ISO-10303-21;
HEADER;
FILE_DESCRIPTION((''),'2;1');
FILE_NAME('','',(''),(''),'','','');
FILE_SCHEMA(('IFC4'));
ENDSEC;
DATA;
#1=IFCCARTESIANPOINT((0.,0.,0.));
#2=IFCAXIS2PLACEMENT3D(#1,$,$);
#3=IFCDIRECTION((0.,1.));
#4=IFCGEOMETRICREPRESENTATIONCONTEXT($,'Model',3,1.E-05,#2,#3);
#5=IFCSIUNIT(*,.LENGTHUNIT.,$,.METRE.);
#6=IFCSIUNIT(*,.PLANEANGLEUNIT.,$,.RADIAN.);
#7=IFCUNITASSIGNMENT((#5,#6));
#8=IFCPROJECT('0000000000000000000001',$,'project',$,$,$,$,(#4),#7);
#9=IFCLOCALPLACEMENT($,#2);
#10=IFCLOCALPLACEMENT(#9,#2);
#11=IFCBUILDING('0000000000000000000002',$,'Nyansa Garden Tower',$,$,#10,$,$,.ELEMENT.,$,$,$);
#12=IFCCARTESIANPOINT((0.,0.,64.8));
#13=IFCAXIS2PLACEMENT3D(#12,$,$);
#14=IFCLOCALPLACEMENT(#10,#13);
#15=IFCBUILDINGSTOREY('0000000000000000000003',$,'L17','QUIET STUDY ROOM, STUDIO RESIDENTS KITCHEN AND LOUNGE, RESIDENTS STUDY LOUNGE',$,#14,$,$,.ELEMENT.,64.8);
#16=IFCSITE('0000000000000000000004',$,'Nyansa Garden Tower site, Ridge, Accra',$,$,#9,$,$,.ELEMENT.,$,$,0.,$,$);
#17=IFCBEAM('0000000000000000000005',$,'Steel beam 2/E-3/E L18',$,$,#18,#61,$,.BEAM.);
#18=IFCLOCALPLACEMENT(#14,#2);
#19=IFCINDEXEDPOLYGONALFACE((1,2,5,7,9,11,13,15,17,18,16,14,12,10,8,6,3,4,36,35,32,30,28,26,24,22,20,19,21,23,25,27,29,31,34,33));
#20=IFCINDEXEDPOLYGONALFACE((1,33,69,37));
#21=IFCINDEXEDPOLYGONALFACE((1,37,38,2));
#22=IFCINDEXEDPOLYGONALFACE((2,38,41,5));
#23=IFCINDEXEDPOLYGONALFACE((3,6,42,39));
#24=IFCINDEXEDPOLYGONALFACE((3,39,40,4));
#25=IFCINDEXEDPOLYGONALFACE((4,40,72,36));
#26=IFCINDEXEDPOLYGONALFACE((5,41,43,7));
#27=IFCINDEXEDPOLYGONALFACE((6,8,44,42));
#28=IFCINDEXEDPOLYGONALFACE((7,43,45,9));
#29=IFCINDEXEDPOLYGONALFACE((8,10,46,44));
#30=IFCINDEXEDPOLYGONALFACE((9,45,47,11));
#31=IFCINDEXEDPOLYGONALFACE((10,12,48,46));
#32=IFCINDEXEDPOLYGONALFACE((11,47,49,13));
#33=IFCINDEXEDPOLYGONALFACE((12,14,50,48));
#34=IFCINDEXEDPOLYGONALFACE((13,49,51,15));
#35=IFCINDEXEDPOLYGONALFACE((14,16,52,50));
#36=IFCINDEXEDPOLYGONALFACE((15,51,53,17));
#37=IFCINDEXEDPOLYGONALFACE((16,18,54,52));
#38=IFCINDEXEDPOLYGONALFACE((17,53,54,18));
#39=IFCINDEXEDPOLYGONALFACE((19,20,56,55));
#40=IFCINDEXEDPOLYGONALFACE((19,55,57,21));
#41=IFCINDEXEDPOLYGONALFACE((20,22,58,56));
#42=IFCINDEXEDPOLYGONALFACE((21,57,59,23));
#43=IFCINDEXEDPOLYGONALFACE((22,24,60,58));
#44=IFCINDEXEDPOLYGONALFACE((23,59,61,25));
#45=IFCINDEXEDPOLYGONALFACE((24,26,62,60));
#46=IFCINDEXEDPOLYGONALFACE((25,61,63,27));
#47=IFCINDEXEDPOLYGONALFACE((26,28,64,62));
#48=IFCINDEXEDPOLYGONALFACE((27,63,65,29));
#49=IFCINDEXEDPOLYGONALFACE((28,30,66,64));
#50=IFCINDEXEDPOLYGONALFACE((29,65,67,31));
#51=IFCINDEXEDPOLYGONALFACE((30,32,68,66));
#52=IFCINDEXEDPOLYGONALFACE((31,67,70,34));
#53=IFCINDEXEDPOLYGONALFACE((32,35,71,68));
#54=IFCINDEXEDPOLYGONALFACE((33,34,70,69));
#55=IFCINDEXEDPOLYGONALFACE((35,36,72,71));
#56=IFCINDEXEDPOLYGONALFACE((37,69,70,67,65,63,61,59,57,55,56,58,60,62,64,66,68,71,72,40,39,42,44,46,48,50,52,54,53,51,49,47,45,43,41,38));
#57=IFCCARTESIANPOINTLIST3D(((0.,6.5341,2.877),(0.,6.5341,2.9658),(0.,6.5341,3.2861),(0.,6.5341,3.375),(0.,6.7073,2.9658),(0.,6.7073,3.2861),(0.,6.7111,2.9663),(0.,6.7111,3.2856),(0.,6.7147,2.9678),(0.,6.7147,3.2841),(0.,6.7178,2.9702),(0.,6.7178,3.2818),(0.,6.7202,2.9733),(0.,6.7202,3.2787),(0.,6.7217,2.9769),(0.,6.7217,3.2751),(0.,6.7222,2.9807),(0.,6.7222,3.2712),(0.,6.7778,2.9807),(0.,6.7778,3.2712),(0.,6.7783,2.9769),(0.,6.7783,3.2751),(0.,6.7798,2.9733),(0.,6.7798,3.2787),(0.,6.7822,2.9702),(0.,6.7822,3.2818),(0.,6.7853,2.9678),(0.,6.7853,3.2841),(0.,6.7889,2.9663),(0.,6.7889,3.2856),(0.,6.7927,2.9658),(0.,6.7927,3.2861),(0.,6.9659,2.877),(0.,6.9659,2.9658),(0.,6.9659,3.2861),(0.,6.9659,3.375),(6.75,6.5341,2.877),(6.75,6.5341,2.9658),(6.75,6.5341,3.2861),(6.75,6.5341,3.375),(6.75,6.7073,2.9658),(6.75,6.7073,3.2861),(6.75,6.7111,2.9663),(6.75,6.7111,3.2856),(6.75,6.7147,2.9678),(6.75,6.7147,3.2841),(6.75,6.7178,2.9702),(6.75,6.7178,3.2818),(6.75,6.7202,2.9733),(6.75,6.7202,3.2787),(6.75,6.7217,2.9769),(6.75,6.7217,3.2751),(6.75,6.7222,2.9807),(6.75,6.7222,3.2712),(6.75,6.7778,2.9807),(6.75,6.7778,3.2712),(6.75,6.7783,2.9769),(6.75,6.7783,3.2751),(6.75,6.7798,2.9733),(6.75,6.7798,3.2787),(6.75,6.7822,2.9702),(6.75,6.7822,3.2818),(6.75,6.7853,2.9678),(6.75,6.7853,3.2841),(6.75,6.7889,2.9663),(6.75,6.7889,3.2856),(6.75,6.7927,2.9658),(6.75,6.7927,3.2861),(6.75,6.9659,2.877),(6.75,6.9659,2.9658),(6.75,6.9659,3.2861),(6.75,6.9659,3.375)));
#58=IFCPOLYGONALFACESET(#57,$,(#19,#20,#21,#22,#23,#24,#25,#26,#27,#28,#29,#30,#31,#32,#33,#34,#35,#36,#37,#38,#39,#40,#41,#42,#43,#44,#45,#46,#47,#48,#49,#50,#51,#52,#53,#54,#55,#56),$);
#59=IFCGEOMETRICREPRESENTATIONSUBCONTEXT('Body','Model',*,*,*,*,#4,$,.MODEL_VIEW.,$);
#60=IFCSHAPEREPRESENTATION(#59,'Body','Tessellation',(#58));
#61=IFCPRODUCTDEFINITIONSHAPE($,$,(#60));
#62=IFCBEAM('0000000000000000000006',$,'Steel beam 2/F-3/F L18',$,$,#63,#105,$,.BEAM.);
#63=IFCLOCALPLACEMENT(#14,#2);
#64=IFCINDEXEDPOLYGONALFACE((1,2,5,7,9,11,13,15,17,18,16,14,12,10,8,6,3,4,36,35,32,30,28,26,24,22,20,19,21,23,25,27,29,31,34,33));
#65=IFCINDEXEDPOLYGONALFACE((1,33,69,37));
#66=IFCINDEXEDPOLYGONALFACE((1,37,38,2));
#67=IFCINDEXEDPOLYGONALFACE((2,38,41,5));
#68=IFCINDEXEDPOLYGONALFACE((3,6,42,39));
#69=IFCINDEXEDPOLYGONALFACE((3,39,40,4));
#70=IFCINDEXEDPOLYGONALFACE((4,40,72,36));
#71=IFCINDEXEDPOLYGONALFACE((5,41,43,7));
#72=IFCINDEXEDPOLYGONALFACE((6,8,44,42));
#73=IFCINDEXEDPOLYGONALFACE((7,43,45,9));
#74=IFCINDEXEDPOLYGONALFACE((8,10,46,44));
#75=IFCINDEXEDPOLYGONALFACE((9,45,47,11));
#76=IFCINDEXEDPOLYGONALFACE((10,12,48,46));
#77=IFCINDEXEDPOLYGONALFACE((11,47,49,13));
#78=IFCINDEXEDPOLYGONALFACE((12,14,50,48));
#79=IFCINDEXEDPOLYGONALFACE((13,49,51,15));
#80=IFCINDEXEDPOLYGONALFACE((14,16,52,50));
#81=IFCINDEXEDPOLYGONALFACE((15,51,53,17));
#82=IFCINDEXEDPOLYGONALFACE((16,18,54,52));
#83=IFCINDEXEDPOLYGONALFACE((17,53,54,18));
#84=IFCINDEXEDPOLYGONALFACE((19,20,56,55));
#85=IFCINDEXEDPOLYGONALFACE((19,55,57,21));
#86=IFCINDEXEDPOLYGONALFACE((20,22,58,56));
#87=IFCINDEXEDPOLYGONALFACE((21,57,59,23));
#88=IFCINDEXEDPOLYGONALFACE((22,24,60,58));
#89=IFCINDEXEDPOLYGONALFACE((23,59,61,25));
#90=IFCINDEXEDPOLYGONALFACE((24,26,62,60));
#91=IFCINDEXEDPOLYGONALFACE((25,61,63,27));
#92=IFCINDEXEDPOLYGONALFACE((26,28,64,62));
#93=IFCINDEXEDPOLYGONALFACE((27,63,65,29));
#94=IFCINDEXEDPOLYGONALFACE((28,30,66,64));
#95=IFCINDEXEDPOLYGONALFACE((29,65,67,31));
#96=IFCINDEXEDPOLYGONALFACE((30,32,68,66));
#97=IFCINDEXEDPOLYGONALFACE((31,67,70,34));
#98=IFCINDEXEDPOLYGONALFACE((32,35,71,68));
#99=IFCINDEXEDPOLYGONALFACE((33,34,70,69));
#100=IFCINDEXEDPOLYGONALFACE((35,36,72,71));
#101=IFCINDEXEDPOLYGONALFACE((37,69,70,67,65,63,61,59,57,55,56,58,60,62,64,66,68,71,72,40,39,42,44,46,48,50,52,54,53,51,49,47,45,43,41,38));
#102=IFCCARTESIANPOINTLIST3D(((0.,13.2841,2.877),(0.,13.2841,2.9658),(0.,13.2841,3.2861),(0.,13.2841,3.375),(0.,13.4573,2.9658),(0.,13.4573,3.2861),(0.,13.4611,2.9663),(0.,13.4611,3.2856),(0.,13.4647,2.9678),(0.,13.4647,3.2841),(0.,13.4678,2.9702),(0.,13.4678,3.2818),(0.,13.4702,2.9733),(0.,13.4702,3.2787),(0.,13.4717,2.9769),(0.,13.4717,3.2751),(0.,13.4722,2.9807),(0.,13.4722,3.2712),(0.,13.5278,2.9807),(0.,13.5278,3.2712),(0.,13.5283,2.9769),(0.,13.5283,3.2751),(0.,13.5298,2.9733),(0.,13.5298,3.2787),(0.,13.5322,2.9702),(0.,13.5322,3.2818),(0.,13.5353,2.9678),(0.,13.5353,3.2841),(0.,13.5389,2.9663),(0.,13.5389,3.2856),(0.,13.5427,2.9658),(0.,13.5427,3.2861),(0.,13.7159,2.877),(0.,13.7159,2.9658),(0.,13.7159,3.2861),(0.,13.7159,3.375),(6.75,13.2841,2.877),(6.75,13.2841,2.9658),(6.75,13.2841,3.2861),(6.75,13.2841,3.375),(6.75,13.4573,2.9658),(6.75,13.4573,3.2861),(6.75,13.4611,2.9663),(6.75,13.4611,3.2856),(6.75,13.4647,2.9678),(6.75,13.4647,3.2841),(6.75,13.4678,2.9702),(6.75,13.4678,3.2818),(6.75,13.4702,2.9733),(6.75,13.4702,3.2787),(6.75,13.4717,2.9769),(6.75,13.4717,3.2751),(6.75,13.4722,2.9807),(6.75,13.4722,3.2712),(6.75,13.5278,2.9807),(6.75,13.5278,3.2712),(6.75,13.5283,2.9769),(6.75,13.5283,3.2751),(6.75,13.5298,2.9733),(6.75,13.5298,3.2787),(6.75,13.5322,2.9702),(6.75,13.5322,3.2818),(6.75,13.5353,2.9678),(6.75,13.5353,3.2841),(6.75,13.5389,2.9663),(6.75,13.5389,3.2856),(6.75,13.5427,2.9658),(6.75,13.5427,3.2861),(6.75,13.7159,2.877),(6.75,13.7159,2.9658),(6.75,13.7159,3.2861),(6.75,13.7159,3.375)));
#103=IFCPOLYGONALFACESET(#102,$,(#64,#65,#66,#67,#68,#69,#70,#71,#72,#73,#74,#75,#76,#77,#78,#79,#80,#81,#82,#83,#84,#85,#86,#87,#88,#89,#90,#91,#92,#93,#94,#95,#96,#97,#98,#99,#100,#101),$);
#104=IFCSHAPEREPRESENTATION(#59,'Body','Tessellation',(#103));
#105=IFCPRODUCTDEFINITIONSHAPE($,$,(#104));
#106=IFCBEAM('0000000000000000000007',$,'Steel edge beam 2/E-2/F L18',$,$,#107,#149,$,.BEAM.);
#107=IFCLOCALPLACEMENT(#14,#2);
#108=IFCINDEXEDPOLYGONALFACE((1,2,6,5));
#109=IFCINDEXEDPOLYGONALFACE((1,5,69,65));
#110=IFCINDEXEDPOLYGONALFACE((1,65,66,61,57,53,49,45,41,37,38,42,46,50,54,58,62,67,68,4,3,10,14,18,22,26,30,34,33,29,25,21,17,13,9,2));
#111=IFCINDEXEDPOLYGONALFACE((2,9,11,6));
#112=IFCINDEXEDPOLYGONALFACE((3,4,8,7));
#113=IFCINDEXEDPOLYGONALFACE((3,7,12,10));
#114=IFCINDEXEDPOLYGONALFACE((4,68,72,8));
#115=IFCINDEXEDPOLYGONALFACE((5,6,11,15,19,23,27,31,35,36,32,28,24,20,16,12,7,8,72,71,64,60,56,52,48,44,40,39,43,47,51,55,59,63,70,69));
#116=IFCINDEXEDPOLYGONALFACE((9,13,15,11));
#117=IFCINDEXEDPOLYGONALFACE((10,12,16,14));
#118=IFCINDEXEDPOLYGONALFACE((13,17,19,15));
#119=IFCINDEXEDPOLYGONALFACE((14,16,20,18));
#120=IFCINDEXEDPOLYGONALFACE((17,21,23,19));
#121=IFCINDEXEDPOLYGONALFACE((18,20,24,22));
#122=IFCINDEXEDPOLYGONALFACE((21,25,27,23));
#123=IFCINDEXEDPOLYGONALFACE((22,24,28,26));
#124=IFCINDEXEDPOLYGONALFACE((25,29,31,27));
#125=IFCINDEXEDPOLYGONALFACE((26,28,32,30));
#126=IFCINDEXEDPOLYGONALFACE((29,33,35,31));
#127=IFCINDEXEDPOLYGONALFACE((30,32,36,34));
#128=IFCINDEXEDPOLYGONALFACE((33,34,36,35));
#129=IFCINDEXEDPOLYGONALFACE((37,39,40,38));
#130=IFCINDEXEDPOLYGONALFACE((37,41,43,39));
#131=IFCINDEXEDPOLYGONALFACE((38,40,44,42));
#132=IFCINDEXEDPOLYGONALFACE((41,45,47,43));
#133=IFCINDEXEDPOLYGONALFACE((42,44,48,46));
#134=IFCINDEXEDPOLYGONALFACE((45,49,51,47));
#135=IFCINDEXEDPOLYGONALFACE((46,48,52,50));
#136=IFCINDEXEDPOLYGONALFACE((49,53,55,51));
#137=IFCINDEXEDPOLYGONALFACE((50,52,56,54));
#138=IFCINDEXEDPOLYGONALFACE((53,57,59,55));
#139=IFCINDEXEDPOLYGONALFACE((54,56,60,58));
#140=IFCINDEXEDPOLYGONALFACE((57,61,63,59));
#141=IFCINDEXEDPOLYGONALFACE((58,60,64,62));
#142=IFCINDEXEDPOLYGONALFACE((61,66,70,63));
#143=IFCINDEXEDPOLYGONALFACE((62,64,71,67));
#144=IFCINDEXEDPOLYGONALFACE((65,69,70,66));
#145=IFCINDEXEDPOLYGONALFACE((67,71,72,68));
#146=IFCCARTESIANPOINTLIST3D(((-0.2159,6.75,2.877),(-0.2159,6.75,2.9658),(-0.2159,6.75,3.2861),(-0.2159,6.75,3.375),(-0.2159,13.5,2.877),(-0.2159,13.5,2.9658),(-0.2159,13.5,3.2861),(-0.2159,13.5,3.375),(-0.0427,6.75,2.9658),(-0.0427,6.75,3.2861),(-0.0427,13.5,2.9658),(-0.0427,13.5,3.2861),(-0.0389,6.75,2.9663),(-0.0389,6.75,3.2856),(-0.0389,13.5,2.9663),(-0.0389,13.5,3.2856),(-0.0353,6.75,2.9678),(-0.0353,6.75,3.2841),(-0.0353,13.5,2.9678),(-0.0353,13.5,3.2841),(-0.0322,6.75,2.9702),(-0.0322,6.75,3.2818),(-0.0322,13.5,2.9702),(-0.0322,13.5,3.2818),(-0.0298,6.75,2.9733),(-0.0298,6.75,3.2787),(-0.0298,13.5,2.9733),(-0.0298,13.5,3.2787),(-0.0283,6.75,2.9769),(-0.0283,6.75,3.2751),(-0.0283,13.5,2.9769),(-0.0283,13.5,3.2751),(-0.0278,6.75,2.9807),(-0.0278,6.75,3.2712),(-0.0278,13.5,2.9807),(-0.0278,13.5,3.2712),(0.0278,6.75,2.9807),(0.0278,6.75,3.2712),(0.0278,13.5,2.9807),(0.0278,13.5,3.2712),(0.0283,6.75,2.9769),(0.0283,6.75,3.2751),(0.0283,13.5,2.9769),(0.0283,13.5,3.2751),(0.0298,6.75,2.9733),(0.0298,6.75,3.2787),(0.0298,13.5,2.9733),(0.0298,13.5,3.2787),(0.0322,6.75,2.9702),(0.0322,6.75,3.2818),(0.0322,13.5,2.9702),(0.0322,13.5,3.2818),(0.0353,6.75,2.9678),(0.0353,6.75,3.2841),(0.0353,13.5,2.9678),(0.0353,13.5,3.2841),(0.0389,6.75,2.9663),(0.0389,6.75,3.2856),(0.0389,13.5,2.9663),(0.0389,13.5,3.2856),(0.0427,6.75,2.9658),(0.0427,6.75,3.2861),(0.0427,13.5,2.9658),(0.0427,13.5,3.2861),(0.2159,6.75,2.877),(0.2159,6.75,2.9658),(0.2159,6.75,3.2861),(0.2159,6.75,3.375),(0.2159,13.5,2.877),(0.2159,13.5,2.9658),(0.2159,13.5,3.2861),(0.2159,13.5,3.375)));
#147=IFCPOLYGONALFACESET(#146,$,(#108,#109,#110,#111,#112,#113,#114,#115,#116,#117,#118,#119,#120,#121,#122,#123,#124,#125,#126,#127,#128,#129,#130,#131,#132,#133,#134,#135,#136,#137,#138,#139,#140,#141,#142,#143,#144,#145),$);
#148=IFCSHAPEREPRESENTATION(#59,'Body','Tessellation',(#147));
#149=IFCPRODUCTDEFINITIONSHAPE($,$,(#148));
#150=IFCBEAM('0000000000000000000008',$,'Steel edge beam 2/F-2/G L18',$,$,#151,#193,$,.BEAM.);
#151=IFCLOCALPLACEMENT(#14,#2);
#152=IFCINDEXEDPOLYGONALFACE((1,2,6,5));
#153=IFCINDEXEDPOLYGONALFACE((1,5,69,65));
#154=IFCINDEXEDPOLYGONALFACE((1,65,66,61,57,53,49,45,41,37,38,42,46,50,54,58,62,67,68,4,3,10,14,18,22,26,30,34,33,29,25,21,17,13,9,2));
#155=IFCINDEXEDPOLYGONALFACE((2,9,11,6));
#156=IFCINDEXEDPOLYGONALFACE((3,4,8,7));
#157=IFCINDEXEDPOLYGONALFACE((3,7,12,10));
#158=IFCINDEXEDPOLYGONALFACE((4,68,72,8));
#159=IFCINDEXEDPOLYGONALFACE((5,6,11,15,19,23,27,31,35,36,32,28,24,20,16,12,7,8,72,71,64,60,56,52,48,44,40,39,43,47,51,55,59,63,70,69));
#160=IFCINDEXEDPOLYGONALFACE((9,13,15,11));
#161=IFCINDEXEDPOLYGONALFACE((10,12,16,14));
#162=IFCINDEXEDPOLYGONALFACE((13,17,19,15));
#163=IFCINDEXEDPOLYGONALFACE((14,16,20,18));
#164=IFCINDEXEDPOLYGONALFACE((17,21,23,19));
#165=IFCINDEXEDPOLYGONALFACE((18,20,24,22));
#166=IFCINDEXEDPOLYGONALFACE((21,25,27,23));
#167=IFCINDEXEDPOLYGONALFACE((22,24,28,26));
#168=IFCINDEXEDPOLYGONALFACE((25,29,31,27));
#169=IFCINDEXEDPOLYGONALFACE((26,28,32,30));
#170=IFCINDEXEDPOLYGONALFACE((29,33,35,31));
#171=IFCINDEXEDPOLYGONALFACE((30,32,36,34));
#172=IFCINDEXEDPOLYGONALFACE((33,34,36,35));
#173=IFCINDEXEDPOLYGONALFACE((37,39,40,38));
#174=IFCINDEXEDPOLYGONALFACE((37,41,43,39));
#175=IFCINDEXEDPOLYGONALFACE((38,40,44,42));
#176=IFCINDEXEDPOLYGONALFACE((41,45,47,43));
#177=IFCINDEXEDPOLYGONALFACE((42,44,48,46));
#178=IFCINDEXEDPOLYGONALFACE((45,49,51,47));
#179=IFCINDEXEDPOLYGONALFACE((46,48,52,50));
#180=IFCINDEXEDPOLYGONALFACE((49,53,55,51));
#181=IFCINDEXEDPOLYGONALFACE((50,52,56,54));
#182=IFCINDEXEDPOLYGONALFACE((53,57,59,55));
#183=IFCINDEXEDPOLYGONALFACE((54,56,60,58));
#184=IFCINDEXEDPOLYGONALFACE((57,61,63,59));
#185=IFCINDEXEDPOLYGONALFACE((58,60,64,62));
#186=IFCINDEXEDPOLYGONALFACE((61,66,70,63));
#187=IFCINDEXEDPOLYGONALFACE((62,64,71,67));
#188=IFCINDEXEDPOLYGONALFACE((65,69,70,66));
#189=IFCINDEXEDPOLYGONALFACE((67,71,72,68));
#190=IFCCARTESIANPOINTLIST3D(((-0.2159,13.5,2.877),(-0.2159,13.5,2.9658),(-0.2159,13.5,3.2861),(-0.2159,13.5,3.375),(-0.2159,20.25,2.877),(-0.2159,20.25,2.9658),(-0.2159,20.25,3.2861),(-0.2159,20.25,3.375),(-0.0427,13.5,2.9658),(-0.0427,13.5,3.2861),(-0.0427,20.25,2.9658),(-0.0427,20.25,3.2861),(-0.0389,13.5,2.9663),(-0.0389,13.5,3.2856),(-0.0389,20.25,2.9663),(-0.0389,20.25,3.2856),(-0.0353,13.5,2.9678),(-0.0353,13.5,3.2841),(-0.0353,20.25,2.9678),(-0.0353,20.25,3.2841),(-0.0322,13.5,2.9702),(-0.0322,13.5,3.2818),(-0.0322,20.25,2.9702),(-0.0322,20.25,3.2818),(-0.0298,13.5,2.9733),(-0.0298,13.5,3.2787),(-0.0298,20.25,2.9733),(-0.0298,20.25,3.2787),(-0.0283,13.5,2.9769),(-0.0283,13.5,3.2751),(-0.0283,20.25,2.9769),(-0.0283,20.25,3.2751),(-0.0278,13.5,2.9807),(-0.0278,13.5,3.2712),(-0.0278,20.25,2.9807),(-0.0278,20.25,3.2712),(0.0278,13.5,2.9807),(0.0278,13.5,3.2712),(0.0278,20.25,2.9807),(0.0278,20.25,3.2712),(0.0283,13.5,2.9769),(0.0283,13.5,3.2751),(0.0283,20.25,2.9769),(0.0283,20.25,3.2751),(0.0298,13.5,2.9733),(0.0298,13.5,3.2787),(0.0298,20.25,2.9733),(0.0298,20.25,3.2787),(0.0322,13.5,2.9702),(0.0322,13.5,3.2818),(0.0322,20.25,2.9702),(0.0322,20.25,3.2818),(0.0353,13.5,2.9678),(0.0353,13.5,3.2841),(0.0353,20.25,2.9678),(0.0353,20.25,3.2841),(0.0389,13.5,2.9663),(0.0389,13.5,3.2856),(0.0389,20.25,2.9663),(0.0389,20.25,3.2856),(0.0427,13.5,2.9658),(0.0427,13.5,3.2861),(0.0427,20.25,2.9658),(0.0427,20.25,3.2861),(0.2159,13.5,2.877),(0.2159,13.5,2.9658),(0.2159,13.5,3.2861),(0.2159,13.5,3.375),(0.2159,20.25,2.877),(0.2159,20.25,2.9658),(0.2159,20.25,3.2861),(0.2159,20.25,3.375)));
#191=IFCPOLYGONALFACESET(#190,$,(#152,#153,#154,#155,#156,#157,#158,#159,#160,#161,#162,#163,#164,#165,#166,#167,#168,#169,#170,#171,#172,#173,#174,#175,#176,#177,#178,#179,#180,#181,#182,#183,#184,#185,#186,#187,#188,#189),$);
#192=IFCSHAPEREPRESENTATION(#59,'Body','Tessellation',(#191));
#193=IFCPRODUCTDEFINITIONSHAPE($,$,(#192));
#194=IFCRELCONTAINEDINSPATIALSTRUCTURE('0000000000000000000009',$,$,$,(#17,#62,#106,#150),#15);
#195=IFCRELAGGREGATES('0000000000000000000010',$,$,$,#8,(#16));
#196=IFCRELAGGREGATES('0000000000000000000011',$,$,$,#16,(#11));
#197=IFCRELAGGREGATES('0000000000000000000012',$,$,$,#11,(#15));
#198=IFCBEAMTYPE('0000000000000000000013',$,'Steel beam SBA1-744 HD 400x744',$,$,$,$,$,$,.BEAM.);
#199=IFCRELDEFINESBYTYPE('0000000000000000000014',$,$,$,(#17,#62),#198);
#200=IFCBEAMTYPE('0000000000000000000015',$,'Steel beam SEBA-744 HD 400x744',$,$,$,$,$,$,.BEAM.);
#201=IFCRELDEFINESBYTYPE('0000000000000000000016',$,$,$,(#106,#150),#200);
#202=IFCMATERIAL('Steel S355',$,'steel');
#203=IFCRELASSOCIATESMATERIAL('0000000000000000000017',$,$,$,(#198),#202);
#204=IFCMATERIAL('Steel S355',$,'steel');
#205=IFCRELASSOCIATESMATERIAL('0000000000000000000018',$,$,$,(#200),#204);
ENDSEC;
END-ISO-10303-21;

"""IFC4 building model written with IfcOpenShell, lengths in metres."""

from ifc_helpers import new_model, si_unit, direction, frame, origin, origin_2d, place, context, subcontext, project, spatial, i_section, extrude, material, material_profile, profile_set, type_object, element, save


model = new_model("IFC4")

# Units and contexts
model_context = context("Model", 3, precision=1e-05, world=origin(), true_north=direction((0.0, 1.0)))
body_context = subcontext(model_context, "Body", "Model", "MODEL_VIEW")
ifc_project = project(units=[si_unit("LENGTHUNIT", "METRE"), si_unit("PLANEANGLEUNIT", "RADIAN")], contexts=[model_context])

# Site, building, storey
site_placement = place(None, origin())
site = spatial("IfcSite", under=ifc_project, at=site_placement, Name="Nyansa Garden Tower site, Ridge, Accra", CompositionType="ELEMENT", RefElevation=0.0)
building_placement = place(site_placement, origin())
building = spatial("IfcBuilding", under=site, at=building_placement, Name="Nyansa Garden Tower", CompositionType="ELEMENT")
storey_placement = place(building_placement, frame((0.0, 0.0, 64.8)))
storey = spatial("IfcBuildingStorey", under=building, at=storey_placement, Name="L17", Description="QUIET STUDY ROOM, STUDIO RESIDENTS KITCHEN AND LOUNGE, RESIDENTS STUDY LOUNGE", CompositionType="ELEMENT", Elevation=64.8)

# Beams
ifc_material_1 = material(Name="Steel S355", Category="steel")
ifc_material_profile_1 = material_profile(ifc_material_1, i_section(OverallWidth=0.4319, OverallDepth=0.498, WebThickness=0.0557, FlangeThickness=0.0889, FilletRadius=0.0149, at=origin_2d()), Name="HD 400x744")
ifc_profile_set_1 = profile_set([ifc_material_profile_1], Name="Steel S355")
beam_type_1 = type_object("IfcBeamType", Name="Steel beam SBA1-744 HD 400x744", PredefinedType="BEAM", material=ifc_profile_set_1)
for number, where, z_axis, x_axis, name in (
    (1, (0.0, 6.75, 3.126), (1.0, 0.0, 0.0), (0.0, 1.0, 0.0), "Steel beam 2/E-3/E L18"),
    (2, (0.0, 13.5, 3.126), (1.0, 0.0, 0.0), (0.0, 1.0, 0.0), "Steel beam 2/F-3/F L18"),
):
    element("IfcBeam", number, at=place(storey_placement, frame(where, z_axis=z_axis, x_axis=x_axis)), inside=storey, type_object=beam_type_1, Name=name, PredefinedType="BEAM", context=body_context, shape_type="SweptSolid", body=[
        extrude(i_section(OverallWidth=0.4319, OverallDepth=0.498, WebThickness=0.0557, FlangeThickness=0.0889, FilletRadius=0.0149, at=origin_2d()), origin(), (0.0, 0.0, 1.0), 6.75),
    ])
ifc_material_2 = material(Name="Steel S355", Category="steel")
ifc_material_profile_2 = material_profile(ifc_material_2, i_section(OverallWidth=0.4319, OverallDepth=0.498, WebThickness=0.0557, FlangeThickness=0.0889, FilletRadius=0.0149, at=origin_2d()), Name="HD 400x744")
ifc_profile_set_2 = profile_set([ifc_material_profile_2], Name="Steel S355")
beam_type_2 = type_object("IfcBeamType", Name="Steel beam SEBA-744 HD 400x744", PredefinedType="BEAM", material=ifc_profile_set_2)
for number, where, z_axis, x_axis, name in (
    (3, (0.0, 6.75, 3.126), (0.0, 1.0, 0.0), (-1.0, 0.0, 0.0), "Steel edge beam 2/E-2/F L18"),
    (4, (0.0, 13.5, 3.126), (0.0, 1.0, 0.0), (-1.0, 0.0, 0.0), "Steel edge beam 2/F-2/G L18"),
):
    element("IfcBeam", number, at=place(storey_placement, frame(where, z_axis=z_axis, x_axis=x_axis)), inside=storey, type_object=beam_type_2, Name=name, PredefinedType="BEAM", context=body_context, shape_type="SweptSolid", body=[
        extrude(i_section(OverallWidth=0.4319, OverallDepth=0.498, WebThickness=0.0557, FlangeThickness=0.0889, FilletRadius=0.0149, at=origin_2d()), origin(), (0.0, 0.0, 1.0), 6.75),
    ])

save(model, "model.ifc")
